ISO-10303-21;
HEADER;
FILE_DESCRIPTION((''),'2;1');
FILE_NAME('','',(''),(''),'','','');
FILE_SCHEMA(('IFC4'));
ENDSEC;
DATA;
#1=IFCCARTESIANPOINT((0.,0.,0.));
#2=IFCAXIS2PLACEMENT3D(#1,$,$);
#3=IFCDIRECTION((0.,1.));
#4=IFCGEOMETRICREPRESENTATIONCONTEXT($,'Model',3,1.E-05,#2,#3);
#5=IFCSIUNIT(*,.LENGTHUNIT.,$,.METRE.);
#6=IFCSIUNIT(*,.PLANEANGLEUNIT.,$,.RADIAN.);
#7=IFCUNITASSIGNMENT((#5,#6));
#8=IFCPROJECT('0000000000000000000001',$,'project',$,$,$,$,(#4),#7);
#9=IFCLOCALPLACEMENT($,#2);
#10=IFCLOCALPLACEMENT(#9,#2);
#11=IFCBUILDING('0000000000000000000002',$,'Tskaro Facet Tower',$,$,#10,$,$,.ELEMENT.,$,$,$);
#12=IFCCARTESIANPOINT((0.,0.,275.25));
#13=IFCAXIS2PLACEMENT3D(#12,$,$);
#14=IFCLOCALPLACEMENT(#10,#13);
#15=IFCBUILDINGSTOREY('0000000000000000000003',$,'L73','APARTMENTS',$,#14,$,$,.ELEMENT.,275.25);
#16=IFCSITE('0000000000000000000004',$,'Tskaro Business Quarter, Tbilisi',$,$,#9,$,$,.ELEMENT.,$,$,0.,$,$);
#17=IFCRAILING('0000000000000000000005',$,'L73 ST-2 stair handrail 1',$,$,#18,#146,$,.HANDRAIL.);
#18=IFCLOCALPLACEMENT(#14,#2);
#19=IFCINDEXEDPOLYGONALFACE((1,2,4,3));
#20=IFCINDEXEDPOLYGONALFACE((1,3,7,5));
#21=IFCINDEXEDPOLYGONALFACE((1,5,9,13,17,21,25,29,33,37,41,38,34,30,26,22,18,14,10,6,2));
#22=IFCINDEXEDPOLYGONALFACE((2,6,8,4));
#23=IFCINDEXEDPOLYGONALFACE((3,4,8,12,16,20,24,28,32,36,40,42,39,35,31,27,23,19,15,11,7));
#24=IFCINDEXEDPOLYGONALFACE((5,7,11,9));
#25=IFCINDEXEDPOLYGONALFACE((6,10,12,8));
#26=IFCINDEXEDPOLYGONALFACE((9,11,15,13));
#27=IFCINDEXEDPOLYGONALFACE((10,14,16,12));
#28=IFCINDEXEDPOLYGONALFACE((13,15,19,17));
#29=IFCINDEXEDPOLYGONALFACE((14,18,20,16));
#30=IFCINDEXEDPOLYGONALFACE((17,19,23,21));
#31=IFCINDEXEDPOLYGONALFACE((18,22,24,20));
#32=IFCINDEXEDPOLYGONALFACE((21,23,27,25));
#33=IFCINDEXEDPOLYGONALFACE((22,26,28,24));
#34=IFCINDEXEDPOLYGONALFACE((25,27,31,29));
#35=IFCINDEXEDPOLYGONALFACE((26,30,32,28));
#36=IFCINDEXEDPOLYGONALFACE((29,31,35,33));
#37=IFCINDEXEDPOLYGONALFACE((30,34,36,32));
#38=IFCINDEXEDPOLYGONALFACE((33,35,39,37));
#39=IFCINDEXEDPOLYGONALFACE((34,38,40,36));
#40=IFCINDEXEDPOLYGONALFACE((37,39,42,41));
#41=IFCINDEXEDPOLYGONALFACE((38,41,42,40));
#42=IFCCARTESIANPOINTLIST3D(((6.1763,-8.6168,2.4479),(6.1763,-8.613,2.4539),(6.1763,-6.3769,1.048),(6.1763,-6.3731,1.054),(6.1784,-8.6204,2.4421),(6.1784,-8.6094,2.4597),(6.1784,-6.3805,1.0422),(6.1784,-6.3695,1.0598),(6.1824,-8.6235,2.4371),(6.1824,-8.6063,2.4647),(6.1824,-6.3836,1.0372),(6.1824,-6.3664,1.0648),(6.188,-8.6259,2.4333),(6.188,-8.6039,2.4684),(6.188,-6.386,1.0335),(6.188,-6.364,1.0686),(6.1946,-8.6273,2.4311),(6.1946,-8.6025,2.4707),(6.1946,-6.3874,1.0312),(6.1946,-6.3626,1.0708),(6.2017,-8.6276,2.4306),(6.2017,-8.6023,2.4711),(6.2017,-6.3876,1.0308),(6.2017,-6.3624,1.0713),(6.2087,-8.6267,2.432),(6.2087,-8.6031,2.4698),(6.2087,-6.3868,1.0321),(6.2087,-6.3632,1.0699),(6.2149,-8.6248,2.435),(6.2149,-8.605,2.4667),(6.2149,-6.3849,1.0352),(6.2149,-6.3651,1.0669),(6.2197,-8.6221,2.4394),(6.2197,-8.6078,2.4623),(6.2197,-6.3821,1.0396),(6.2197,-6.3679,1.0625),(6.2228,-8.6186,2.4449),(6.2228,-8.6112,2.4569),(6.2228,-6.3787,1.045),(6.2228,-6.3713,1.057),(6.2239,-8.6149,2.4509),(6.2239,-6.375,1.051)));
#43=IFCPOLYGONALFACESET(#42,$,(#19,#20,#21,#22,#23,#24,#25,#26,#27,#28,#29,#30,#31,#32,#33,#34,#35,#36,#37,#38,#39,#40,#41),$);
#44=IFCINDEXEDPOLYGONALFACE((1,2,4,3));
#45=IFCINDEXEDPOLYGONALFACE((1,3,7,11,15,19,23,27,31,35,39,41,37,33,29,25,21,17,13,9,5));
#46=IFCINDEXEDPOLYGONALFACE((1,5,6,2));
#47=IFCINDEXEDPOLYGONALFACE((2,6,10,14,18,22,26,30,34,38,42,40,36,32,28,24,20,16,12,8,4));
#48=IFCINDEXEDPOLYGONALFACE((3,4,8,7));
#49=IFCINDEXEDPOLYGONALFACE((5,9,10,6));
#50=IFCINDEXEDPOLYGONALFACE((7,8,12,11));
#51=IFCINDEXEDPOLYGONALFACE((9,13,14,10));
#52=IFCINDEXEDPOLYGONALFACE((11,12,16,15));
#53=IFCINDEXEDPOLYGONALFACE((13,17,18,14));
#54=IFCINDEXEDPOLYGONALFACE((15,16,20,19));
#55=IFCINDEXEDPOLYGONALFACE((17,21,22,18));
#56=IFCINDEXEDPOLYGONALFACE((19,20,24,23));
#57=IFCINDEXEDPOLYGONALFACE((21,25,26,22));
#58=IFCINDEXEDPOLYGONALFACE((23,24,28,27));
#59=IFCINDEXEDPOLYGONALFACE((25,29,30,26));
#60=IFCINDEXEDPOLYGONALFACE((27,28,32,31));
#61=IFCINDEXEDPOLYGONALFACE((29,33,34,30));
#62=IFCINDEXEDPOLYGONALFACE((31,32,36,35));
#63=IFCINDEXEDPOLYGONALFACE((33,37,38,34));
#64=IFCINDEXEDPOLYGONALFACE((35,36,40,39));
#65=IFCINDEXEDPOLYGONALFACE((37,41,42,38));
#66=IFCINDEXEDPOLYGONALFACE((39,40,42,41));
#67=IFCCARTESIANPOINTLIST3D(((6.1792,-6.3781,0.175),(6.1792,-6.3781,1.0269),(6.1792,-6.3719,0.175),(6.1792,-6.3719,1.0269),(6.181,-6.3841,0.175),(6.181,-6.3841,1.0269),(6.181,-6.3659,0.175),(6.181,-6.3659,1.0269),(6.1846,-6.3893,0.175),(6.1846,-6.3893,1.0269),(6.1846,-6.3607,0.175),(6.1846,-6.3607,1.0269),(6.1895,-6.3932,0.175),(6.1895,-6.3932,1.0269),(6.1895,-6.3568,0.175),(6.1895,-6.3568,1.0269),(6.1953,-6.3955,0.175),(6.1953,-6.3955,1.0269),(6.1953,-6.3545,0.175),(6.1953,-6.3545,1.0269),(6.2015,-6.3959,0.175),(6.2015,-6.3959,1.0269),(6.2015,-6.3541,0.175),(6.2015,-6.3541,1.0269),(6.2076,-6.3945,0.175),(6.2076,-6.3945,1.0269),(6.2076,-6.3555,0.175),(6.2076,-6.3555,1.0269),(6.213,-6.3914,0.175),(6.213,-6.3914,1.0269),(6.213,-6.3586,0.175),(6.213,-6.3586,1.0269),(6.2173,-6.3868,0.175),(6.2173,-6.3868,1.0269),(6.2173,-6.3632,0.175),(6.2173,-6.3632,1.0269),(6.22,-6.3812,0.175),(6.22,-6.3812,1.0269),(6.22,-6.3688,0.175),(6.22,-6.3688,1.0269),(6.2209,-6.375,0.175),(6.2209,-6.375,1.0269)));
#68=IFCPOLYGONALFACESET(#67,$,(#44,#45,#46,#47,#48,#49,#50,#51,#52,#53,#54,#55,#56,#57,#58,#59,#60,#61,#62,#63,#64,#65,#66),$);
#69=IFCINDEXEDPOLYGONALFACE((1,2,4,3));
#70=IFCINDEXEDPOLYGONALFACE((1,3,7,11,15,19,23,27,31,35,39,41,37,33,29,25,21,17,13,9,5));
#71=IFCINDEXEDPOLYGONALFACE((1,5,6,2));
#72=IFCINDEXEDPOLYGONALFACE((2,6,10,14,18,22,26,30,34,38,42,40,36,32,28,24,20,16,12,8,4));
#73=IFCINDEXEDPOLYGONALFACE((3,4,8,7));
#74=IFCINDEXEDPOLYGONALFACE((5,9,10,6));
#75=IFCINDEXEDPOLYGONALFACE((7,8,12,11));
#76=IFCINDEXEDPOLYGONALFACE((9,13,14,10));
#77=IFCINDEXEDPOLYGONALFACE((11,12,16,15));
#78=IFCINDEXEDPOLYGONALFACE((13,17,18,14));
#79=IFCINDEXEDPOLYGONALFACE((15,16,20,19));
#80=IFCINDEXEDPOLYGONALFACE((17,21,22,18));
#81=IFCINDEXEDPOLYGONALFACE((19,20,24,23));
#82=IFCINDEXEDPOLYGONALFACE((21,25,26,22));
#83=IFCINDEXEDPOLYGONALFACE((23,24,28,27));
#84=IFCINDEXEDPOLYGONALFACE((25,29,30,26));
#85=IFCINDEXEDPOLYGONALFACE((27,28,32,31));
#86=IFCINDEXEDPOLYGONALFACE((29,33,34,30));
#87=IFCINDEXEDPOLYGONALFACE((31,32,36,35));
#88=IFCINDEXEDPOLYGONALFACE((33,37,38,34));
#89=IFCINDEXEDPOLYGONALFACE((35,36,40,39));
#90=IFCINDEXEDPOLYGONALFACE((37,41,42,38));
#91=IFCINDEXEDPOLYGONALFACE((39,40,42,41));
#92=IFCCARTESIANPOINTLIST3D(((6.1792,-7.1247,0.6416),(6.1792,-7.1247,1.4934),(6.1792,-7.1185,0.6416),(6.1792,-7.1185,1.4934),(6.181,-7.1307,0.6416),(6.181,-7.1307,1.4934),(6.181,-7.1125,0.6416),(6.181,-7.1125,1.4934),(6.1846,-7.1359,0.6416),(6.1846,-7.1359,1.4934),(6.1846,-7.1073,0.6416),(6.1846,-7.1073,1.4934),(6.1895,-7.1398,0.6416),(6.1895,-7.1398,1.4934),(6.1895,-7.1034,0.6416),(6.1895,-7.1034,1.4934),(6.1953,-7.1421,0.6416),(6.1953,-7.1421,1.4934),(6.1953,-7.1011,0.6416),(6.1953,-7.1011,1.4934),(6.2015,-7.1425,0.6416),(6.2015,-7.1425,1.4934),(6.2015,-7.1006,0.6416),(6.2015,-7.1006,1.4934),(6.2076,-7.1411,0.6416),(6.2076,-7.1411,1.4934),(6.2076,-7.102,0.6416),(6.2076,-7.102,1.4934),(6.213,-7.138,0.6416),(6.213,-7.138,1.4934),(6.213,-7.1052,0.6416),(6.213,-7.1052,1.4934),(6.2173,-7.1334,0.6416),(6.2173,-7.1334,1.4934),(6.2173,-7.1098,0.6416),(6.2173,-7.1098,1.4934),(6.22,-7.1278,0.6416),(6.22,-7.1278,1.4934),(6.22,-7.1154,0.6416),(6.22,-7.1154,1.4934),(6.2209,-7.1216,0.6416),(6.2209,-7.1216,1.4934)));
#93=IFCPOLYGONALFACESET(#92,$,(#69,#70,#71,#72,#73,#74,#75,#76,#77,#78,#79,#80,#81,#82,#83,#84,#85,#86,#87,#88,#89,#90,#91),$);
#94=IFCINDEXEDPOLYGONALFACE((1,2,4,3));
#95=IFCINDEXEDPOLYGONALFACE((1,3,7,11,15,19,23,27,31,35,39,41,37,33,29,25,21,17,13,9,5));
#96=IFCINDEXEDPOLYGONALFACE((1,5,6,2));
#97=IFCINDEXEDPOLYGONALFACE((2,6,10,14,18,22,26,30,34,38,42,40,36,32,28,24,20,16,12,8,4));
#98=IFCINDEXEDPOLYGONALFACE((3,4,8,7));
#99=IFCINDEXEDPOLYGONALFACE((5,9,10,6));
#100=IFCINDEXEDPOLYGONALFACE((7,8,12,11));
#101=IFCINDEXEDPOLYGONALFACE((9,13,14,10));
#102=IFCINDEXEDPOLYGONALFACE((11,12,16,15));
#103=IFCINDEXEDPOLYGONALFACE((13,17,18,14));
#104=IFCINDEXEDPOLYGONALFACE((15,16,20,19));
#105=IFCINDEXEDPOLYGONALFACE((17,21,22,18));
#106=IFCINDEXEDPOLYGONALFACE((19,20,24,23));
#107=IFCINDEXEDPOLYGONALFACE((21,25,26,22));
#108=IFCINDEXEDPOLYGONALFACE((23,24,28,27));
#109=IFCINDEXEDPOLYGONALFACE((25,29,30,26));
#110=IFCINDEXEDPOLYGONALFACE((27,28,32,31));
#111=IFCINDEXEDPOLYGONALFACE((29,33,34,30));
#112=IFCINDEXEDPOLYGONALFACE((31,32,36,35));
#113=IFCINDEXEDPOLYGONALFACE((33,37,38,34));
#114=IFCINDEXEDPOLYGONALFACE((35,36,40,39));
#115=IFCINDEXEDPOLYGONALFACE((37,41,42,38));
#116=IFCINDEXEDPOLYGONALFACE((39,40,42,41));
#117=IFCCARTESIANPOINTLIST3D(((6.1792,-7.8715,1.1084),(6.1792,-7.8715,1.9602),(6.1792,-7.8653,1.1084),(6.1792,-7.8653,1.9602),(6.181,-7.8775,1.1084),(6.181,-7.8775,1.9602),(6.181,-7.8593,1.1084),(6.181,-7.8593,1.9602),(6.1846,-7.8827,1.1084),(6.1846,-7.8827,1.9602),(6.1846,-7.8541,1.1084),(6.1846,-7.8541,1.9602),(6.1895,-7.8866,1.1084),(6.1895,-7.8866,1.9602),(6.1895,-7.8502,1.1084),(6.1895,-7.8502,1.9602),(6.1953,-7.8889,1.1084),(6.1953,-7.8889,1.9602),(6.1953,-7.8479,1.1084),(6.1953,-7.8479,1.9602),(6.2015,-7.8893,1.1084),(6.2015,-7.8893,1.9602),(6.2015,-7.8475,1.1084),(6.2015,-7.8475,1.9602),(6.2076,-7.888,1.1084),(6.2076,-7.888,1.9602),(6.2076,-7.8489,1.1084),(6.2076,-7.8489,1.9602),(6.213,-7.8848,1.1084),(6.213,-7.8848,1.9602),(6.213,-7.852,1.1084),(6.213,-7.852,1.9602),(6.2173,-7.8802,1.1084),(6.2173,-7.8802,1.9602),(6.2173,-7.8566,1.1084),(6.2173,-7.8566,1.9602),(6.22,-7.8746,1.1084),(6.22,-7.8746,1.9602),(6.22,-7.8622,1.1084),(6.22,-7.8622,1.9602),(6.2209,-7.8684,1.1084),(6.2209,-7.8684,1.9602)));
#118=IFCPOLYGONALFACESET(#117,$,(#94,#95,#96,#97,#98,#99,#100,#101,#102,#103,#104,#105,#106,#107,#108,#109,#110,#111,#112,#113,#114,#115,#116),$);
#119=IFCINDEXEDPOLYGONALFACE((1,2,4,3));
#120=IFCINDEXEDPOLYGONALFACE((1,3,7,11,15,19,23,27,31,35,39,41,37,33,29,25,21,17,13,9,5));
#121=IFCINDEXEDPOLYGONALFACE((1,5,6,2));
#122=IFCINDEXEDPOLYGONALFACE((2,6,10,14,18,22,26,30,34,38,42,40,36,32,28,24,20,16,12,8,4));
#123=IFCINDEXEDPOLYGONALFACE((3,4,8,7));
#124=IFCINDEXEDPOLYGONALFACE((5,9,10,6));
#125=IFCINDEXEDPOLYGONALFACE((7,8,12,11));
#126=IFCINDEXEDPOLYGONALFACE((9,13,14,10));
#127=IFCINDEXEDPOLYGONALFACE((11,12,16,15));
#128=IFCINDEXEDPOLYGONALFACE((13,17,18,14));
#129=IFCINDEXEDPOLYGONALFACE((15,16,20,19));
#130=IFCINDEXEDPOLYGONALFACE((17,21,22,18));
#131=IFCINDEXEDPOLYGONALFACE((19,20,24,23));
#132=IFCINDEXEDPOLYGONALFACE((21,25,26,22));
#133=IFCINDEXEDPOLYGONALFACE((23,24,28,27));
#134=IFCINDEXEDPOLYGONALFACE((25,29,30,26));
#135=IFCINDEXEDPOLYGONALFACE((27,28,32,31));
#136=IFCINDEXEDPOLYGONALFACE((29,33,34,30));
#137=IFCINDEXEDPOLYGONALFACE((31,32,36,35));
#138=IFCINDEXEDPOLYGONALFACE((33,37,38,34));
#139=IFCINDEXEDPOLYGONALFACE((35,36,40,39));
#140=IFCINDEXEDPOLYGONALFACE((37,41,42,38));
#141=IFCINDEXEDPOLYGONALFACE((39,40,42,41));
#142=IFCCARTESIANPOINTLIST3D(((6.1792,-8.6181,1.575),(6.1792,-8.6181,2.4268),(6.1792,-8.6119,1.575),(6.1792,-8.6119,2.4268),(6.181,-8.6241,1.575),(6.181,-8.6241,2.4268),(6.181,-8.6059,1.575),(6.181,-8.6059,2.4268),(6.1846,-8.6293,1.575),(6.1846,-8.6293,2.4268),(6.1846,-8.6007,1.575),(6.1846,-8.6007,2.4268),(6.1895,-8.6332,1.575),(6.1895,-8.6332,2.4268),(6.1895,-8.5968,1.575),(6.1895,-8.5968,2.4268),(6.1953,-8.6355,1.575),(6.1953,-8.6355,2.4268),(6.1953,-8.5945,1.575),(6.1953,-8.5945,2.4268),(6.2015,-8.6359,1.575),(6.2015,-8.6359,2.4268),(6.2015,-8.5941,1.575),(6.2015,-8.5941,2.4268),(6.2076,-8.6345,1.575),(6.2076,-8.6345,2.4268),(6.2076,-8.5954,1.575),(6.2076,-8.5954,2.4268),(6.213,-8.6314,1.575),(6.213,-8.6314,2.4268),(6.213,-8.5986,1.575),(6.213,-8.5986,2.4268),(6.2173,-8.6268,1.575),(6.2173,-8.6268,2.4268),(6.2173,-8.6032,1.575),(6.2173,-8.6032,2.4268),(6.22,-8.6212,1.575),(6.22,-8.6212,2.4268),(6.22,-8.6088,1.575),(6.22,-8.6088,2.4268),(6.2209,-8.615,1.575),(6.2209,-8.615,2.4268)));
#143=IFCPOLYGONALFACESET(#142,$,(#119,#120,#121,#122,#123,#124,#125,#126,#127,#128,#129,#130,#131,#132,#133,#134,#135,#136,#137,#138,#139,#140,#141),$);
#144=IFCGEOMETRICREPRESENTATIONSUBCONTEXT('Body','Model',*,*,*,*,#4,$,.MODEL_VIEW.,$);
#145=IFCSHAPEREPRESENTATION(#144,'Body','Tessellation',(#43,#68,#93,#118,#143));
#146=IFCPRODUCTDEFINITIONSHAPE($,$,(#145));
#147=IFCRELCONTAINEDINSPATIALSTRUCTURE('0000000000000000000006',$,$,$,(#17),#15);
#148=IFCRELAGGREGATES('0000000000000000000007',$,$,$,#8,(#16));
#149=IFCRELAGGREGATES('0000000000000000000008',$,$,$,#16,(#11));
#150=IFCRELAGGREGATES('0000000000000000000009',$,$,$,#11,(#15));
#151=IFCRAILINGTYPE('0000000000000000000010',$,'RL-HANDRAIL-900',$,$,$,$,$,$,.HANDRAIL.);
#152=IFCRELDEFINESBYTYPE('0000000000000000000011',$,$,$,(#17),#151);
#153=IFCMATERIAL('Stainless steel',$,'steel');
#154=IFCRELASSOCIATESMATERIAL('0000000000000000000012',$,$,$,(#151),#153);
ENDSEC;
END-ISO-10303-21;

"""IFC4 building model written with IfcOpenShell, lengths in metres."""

from ifc_helpers import new_model, si_unit, direction, frame, origin, origin_2d, place, context, subcontext, project, spatial, circle, extrude, material, type_object, element, save


model = new_model("IFC4")

# Units and contexts
model_context = context("Model", 3, precision=1e-05, world=origin(), true_north=direction((0.0, 1.0)))
body_context = subcontext(model_context, "Body", "Model", "MODEL_VIEW")
ifc_project = project(units=[si_unit("LENGTHUNIT", "METRE"), si_unit("PLANEANGLEUNIT", "RADIAN")], contexts=[model_context])

# Site, building, storey
site_placement = place(None, origin())
site = spatial("IfcSite", under=ifc_project, at=site_placement, Name="Tskaro Business Quarter, Tbilisi", CompositionType="ELEMENT", RefElevation=0.0)
building_placement = place(site_placement, origin())
building = spatial("IfcBuilding", under=site, at=building_placement, Name="Tskaro Facet Tower", CompositionType="ELEMENT")
storey_placement = place(building_placement, frame((0.0, 0.0, 275.25)))
storey = spatial("IfcBuildingStorey", under=building, at=storey_placement, Name="L73", Description="APARTMENTS", CompositionType="ELEMENT", Elevation=275.25)

# Railing
ifc_material_1 = material(Name="Stainless steel", Category="steel")
railing_type_1 = type_object("IfcRailingType", Name="RL-HANDRAIL-900", PredefinedType="HANDRAIL", material=ifc_material_1)
railing_1_placement = place(storey_placement, frame((6.2, -6.375, 0.175)))
element("IfcRailing", 1, at=railing_1_placement, inside=storey, type_object=railing_type_1, Name="L73 ST-2 stair handrail 1", PredefinedType="HANDRAIL", context=body_context, shape_type="SweptSolid", body=[
    extrude(circle(Radius=0.0239, at=origin_2d()), frame((0.0, 0.0, 0.876), z_axis=(0.0, -0.848014, 0.529974), x_axis=(1.0, 0.0, 0.0)), (0.0, 0.0, 1.0), 2.6414),
    extrude(circle(Radius=0.021, at=origin_2d()), origin(), (0.0, 0.0, 1.0), 0.8518),
    extrude(circle(Radius=0.021, at=origin_2d()), frame((0.0, -0.7466, 0.4666)), (0.0, 0.0, 1.0), 0.8518),
    extrude(circle(Radius=0.021, at=origin_2d()), frame((0.0, -1.4934, 0.9333)), (0.0, 0.0, 1.0), 0.8518),
    extrude(circle(Radius=0.021, at=origin_2d()), frame((0.0, -2.24, 1.3999)), (0.0, 0.0, 1.0), 0.8518),
])

save(model, "model.ifc")
